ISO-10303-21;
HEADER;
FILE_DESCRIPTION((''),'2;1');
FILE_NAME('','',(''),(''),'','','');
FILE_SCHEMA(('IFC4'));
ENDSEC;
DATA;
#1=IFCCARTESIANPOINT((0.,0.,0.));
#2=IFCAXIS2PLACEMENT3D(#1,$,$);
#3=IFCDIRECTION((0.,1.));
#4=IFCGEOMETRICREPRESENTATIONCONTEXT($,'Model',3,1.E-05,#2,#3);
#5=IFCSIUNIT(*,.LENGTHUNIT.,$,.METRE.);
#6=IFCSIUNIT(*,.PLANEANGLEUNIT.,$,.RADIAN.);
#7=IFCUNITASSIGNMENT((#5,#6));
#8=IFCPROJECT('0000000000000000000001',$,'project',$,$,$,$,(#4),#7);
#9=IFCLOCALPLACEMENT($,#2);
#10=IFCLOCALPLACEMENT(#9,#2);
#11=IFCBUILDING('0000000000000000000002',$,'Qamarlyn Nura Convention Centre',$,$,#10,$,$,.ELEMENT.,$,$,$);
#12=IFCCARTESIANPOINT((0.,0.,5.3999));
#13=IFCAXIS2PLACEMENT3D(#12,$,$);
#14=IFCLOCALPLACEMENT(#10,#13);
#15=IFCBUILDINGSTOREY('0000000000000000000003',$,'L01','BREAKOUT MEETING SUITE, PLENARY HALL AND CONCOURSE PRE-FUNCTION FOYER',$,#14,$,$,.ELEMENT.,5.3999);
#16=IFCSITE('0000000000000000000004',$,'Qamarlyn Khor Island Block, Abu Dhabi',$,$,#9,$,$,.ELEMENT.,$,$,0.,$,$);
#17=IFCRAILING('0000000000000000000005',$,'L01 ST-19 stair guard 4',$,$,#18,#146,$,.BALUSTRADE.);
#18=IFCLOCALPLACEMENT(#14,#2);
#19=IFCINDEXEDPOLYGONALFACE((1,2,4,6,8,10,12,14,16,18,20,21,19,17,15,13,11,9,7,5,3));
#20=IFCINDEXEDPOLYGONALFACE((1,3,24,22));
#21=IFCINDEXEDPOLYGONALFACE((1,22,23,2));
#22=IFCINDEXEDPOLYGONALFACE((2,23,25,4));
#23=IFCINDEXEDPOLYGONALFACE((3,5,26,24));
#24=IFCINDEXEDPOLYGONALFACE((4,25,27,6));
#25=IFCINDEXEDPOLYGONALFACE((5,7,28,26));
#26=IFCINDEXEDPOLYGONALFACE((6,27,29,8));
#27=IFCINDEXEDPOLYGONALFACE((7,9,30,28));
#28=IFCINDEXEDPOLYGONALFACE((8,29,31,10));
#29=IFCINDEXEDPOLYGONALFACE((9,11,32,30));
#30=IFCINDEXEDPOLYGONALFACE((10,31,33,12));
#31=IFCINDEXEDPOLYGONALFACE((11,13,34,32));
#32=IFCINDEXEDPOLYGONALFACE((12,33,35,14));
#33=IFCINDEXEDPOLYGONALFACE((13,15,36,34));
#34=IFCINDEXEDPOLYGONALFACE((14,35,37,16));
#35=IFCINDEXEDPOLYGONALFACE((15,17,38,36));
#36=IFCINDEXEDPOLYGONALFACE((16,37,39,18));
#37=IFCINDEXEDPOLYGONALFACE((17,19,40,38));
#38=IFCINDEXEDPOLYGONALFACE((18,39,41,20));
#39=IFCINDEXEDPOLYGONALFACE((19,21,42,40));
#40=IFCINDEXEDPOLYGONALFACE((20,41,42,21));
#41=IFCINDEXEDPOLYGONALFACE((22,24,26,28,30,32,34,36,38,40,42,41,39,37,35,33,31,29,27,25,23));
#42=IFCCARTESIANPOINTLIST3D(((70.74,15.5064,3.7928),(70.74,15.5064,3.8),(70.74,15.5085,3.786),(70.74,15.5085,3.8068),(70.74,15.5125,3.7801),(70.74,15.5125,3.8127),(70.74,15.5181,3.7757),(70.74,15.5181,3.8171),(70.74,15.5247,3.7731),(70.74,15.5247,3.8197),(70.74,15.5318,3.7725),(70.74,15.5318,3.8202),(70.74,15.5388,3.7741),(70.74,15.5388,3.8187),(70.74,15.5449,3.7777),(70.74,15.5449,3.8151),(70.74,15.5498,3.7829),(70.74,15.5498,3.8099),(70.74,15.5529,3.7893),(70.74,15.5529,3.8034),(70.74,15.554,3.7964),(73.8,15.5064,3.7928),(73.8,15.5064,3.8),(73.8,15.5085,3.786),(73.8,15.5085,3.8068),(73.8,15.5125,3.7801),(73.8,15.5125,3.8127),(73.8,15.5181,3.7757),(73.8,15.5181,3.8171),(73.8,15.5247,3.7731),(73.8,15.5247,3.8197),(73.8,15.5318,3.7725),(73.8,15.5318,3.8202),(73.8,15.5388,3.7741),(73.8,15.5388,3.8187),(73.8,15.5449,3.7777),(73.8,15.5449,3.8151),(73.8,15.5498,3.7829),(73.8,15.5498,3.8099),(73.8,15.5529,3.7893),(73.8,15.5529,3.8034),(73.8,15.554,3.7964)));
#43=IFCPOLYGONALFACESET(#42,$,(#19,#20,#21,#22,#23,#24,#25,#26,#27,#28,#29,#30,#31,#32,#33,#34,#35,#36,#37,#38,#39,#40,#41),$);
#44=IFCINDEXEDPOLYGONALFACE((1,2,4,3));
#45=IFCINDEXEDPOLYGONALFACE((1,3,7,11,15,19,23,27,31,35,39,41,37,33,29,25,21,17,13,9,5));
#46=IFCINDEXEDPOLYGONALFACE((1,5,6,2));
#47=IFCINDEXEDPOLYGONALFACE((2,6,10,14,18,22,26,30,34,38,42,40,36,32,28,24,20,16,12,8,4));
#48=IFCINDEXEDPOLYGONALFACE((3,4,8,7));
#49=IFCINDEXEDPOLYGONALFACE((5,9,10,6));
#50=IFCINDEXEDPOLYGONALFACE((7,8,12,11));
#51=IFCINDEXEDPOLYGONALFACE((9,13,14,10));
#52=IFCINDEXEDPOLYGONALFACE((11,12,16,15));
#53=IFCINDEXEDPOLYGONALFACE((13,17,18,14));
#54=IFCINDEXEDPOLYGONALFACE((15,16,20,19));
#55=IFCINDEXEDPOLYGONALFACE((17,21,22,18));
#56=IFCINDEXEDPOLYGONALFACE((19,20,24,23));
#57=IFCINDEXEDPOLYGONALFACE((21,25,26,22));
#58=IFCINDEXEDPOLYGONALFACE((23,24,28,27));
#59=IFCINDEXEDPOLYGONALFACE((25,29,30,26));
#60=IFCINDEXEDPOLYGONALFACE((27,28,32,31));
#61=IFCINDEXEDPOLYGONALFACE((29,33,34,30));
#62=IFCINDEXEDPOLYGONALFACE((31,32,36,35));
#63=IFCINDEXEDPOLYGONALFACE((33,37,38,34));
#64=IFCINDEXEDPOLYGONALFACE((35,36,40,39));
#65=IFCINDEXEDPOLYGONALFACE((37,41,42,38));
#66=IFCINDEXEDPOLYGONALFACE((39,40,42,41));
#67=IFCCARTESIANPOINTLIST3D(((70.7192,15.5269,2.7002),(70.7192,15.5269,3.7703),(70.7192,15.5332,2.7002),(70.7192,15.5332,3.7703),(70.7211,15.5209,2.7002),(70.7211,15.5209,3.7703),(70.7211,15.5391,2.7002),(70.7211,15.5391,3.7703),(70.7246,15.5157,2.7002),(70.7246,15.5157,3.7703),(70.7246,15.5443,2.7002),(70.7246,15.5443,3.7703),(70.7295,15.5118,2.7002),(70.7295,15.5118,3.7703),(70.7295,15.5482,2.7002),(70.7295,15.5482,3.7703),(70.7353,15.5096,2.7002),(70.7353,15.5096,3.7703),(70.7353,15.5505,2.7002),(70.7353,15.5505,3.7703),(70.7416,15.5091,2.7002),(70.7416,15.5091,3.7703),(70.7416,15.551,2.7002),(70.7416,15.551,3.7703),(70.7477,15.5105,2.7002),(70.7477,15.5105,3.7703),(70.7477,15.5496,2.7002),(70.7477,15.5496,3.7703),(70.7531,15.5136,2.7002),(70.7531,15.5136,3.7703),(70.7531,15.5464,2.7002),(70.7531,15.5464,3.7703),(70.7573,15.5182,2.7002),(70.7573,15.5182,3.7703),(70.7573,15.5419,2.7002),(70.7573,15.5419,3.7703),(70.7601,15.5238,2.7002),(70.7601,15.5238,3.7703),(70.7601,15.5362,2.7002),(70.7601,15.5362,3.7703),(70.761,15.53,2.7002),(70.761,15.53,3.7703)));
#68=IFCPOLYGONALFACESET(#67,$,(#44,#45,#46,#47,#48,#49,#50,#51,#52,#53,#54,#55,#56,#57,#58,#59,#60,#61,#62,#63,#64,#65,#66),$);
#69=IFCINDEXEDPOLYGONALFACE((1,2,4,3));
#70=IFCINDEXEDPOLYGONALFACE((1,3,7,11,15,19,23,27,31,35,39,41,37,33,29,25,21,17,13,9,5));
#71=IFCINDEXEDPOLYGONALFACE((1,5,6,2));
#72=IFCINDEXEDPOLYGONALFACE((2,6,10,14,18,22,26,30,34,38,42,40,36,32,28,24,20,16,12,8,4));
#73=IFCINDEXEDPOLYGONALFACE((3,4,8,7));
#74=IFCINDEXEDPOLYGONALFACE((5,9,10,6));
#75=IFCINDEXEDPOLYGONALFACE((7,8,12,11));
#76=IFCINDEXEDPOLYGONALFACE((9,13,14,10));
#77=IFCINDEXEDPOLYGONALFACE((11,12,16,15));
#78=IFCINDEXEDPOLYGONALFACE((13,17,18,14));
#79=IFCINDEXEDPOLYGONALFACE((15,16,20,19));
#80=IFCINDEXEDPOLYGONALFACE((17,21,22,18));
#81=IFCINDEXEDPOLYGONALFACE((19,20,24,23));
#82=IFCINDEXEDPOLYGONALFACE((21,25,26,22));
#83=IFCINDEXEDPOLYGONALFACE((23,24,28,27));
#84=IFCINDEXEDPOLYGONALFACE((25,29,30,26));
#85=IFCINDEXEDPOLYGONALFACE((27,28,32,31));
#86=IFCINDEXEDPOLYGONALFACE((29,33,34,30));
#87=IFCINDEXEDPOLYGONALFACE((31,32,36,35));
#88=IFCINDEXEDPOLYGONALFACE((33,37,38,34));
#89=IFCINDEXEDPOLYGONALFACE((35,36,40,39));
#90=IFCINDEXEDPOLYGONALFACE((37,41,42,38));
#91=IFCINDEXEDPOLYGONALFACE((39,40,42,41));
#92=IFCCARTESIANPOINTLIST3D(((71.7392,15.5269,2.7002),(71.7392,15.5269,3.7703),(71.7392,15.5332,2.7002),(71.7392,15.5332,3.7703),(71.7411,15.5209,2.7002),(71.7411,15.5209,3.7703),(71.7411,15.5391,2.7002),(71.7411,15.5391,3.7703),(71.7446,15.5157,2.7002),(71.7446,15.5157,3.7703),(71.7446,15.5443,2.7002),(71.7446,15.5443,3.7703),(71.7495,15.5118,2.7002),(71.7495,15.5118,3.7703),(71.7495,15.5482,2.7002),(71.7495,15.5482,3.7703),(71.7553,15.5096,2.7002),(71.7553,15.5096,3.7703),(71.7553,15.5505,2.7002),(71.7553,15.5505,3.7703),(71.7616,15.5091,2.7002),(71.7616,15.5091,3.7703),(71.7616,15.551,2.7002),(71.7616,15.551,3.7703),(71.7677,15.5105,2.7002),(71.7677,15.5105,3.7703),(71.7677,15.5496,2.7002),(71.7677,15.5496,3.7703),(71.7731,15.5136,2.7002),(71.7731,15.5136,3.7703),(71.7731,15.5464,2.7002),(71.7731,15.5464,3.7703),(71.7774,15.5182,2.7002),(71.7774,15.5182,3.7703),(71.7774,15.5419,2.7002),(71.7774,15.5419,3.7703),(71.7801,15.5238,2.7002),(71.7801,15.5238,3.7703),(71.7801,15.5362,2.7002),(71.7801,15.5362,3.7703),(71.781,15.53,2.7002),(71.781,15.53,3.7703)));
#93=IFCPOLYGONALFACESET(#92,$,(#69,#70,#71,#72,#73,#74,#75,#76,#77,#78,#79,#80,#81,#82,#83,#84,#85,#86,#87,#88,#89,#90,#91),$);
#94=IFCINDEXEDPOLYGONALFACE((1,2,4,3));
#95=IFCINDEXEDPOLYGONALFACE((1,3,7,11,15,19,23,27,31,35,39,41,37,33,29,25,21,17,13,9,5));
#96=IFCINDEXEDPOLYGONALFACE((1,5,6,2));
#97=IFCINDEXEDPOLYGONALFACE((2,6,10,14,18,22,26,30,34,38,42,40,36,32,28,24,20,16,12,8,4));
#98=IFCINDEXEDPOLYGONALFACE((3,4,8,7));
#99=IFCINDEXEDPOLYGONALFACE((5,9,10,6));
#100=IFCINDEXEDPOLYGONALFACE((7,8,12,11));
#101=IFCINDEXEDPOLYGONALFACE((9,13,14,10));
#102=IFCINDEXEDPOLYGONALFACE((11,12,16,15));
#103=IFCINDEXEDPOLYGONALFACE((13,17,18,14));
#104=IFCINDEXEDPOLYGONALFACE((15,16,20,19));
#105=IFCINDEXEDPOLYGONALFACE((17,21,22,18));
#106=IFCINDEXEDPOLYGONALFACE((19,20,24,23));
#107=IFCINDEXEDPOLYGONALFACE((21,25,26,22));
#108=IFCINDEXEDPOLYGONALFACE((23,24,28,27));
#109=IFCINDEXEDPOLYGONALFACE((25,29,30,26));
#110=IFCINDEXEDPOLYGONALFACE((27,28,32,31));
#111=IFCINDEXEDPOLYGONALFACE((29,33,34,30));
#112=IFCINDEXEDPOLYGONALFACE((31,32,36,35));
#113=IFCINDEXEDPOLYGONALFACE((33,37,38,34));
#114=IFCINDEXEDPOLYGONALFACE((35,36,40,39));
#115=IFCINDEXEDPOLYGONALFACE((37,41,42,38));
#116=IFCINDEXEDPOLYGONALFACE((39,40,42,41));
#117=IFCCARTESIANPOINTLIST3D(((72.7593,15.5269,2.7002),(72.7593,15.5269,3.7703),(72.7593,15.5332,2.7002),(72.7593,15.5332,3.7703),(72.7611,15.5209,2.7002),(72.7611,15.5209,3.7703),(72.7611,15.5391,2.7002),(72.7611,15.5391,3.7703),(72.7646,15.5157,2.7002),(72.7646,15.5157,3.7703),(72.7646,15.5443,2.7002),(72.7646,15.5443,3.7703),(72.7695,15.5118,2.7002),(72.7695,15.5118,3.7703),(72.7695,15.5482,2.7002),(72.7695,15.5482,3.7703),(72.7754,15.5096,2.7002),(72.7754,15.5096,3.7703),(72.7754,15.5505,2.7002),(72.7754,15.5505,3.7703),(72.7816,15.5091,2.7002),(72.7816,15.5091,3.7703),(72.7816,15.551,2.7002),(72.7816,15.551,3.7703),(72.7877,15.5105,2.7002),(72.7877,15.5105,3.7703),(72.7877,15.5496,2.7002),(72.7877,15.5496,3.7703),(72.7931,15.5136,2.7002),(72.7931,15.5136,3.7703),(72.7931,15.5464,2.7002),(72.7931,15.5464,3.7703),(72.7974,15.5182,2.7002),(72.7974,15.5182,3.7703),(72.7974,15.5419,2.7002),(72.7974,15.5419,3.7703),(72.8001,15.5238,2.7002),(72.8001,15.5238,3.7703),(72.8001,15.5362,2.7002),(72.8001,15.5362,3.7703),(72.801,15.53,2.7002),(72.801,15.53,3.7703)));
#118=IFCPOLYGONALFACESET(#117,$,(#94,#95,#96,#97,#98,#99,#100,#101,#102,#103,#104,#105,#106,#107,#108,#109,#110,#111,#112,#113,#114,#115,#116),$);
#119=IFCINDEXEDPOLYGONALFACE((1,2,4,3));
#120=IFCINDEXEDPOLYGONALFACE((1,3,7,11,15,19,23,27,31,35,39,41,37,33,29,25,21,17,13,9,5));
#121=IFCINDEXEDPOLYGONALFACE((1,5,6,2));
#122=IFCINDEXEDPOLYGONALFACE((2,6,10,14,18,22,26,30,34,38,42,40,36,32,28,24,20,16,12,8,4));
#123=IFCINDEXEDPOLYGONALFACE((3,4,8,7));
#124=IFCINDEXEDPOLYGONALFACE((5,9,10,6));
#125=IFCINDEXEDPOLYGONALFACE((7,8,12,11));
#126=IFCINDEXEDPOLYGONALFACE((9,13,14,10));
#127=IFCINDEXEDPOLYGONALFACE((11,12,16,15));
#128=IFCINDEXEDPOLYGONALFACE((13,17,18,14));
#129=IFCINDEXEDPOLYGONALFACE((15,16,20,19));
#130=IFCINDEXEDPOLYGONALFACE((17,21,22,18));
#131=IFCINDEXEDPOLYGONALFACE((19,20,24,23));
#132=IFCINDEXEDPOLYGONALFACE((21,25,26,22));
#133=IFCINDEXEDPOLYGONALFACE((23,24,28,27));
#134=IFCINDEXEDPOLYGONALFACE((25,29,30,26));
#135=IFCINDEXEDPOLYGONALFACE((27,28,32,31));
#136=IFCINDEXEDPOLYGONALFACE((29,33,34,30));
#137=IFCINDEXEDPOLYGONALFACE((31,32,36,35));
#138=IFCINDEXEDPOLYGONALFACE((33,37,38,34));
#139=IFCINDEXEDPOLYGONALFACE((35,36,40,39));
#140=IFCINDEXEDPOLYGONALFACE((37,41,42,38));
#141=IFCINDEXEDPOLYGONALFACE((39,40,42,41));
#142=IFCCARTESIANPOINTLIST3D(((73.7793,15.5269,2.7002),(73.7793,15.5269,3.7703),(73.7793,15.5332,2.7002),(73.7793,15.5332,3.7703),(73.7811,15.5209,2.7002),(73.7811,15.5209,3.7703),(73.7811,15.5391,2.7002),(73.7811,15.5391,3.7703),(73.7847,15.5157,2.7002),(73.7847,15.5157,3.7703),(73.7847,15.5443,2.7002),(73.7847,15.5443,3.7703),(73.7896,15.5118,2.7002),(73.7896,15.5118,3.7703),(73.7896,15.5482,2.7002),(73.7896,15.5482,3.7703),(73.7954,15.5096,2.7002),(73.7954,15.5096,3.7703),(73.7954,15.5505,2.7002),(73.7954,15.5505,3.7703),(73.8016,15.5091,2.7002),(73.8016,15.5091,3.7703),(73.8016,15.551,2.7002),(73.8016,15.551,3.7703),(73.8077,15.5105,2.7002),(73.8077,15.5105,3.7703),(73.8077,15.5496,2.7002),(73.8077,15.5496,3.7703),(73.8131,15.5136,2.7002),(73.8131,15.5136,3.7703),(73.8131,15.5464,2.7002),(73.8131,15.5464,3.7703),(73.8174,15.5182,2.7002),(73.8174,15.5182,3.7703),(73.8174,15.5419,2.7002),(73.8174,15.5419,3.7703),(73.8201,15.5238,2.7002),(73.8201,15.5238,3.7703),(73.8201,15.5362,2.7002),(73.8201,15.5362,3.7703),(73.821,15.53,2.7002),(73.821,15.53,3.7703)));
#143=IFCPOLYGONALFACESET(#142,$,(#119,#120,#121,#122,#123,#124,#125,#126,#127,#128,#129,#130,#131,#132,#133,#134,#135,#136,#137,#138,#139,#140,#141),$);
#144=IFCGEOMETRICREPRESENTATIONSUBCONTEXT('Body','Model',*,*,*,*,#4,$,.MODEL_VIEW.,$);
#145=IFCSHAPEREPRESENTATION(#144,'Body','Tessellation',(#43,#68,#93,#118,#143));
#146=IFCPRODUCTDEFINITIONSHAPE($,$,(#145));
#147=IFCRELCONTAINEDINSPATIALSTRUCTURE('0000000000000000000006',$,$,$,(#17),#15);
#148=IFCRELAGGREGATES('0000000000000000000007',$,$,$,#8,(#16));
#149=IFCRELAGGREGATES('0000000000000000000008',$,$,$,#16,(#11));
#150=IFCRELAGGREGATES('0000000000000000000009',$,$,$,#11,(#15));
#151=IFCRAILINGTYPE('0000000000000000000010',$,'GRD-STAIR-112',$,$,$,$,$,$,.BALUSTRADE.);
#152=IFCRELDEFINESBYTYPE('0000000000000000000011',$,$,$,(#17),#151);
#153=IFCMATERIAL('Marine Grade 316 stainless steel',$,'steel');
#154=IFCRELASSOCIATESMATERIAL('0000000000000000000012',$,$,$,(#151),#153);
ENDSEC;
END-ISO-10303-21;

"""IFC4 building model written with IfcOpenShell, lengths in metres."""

from ifc_helpers import new_model, si_unit, direction, frame, origin, origin_2d, place, context, subcontext, project, spatial, circle, extrude, material, type_object, element, save


model = new_model("IFC4")

# Units and contexts
model_context = context("Model", 3, precision=1e-05, world=origin(), true_north=direction((0.0, 1.0)))
body_context = subcontext(model_context, "Body", "Model", "MODEL_VIEW")
ifc_project = project(units=[si_unit("LENGTHUNIT", "METRE"), si_unit("PLANEANGLEUNIT", "RADIAN")], contexts=[model_context])

# Site, building, storey
site_placement = place(None, origin())
site = spatial("IfcSite", under=ifc_project, at=site_placement, Name="Qamarlyn Khor Island Block, Abu Dhabi", CompositionType="ELEMENT", RefElevation=0.0)
building_placement = place(site_placement, origin())
building = spatial("IfcBuilding", under=site, at=building_placement, Name="Qamarlyn Nura Convention Centre", CompositionType="ELEMENT")
storey_placement = place(building_placement, frame((0.0, 0.0, 5.3999)))
storey = spatial("IfcBuildingStorey", under=building, at=storey_placement, Name="L01", Description="BREAKOUT MEETING SUITE, PLENARY HALL AND CONCOURSE PRE-FUNCTION FOYER", CompositionType="ELEMENT", Elevation=5.3999)

# Railing
ifc_material_1 = material(Name="Marine Grade 316 stainless steel", Category="steel")
railing_type_1 = type_object("IfcRailingType", Name="GRD-STAIR-112", PredefinedType="BALUSTRADE", material=ifc_material_1)
for number, where, name in (
    (1, (70.74, 15.53, 2.7002), "L01 ST-19 stair guard 4"),
):
    element("IfcRailing", number, at=place(storey_placement, frame(where)), inside=storey, type_object=railing_type_1, Name=name, PredefinedType="BALUSTRADE", context=body_context, shape_type="SweptSolid", body=[
        extrude(circle(Radius=0.0239, at=origin_2d()), frame((0.0, 0.0, 1.0962), z_axis=(1.0, 0.0, 0.0), x_axis=(0.0, 1.0, 0.0)), (0.0, 0.0, 1.0), 3.0601),
        extrude(circle(Radius=0.021, at=origin_2d()), origin(), (0.0, 0.0, 1.0), 1.0701),
        extrude(circle(Radius=0.021, at=origin_2d()), frame((1.02, 0.0, 0.0)), (0.0, 0.0, 1.0), 1.0701),
        extrude(circle(Radius=0.021, at=origin_2d()), frame((2.04, 0.0, 0.0)), (0.0, 0.0, 1.0), 1.0701),
        extrude(circle(Radius=0.021, at=origin_2d()), frame((3.0601, 0.0, 0.0)), (0.0, 0.0, 1.0), 1.0701),
    ])

save(model, "model.ifc")
